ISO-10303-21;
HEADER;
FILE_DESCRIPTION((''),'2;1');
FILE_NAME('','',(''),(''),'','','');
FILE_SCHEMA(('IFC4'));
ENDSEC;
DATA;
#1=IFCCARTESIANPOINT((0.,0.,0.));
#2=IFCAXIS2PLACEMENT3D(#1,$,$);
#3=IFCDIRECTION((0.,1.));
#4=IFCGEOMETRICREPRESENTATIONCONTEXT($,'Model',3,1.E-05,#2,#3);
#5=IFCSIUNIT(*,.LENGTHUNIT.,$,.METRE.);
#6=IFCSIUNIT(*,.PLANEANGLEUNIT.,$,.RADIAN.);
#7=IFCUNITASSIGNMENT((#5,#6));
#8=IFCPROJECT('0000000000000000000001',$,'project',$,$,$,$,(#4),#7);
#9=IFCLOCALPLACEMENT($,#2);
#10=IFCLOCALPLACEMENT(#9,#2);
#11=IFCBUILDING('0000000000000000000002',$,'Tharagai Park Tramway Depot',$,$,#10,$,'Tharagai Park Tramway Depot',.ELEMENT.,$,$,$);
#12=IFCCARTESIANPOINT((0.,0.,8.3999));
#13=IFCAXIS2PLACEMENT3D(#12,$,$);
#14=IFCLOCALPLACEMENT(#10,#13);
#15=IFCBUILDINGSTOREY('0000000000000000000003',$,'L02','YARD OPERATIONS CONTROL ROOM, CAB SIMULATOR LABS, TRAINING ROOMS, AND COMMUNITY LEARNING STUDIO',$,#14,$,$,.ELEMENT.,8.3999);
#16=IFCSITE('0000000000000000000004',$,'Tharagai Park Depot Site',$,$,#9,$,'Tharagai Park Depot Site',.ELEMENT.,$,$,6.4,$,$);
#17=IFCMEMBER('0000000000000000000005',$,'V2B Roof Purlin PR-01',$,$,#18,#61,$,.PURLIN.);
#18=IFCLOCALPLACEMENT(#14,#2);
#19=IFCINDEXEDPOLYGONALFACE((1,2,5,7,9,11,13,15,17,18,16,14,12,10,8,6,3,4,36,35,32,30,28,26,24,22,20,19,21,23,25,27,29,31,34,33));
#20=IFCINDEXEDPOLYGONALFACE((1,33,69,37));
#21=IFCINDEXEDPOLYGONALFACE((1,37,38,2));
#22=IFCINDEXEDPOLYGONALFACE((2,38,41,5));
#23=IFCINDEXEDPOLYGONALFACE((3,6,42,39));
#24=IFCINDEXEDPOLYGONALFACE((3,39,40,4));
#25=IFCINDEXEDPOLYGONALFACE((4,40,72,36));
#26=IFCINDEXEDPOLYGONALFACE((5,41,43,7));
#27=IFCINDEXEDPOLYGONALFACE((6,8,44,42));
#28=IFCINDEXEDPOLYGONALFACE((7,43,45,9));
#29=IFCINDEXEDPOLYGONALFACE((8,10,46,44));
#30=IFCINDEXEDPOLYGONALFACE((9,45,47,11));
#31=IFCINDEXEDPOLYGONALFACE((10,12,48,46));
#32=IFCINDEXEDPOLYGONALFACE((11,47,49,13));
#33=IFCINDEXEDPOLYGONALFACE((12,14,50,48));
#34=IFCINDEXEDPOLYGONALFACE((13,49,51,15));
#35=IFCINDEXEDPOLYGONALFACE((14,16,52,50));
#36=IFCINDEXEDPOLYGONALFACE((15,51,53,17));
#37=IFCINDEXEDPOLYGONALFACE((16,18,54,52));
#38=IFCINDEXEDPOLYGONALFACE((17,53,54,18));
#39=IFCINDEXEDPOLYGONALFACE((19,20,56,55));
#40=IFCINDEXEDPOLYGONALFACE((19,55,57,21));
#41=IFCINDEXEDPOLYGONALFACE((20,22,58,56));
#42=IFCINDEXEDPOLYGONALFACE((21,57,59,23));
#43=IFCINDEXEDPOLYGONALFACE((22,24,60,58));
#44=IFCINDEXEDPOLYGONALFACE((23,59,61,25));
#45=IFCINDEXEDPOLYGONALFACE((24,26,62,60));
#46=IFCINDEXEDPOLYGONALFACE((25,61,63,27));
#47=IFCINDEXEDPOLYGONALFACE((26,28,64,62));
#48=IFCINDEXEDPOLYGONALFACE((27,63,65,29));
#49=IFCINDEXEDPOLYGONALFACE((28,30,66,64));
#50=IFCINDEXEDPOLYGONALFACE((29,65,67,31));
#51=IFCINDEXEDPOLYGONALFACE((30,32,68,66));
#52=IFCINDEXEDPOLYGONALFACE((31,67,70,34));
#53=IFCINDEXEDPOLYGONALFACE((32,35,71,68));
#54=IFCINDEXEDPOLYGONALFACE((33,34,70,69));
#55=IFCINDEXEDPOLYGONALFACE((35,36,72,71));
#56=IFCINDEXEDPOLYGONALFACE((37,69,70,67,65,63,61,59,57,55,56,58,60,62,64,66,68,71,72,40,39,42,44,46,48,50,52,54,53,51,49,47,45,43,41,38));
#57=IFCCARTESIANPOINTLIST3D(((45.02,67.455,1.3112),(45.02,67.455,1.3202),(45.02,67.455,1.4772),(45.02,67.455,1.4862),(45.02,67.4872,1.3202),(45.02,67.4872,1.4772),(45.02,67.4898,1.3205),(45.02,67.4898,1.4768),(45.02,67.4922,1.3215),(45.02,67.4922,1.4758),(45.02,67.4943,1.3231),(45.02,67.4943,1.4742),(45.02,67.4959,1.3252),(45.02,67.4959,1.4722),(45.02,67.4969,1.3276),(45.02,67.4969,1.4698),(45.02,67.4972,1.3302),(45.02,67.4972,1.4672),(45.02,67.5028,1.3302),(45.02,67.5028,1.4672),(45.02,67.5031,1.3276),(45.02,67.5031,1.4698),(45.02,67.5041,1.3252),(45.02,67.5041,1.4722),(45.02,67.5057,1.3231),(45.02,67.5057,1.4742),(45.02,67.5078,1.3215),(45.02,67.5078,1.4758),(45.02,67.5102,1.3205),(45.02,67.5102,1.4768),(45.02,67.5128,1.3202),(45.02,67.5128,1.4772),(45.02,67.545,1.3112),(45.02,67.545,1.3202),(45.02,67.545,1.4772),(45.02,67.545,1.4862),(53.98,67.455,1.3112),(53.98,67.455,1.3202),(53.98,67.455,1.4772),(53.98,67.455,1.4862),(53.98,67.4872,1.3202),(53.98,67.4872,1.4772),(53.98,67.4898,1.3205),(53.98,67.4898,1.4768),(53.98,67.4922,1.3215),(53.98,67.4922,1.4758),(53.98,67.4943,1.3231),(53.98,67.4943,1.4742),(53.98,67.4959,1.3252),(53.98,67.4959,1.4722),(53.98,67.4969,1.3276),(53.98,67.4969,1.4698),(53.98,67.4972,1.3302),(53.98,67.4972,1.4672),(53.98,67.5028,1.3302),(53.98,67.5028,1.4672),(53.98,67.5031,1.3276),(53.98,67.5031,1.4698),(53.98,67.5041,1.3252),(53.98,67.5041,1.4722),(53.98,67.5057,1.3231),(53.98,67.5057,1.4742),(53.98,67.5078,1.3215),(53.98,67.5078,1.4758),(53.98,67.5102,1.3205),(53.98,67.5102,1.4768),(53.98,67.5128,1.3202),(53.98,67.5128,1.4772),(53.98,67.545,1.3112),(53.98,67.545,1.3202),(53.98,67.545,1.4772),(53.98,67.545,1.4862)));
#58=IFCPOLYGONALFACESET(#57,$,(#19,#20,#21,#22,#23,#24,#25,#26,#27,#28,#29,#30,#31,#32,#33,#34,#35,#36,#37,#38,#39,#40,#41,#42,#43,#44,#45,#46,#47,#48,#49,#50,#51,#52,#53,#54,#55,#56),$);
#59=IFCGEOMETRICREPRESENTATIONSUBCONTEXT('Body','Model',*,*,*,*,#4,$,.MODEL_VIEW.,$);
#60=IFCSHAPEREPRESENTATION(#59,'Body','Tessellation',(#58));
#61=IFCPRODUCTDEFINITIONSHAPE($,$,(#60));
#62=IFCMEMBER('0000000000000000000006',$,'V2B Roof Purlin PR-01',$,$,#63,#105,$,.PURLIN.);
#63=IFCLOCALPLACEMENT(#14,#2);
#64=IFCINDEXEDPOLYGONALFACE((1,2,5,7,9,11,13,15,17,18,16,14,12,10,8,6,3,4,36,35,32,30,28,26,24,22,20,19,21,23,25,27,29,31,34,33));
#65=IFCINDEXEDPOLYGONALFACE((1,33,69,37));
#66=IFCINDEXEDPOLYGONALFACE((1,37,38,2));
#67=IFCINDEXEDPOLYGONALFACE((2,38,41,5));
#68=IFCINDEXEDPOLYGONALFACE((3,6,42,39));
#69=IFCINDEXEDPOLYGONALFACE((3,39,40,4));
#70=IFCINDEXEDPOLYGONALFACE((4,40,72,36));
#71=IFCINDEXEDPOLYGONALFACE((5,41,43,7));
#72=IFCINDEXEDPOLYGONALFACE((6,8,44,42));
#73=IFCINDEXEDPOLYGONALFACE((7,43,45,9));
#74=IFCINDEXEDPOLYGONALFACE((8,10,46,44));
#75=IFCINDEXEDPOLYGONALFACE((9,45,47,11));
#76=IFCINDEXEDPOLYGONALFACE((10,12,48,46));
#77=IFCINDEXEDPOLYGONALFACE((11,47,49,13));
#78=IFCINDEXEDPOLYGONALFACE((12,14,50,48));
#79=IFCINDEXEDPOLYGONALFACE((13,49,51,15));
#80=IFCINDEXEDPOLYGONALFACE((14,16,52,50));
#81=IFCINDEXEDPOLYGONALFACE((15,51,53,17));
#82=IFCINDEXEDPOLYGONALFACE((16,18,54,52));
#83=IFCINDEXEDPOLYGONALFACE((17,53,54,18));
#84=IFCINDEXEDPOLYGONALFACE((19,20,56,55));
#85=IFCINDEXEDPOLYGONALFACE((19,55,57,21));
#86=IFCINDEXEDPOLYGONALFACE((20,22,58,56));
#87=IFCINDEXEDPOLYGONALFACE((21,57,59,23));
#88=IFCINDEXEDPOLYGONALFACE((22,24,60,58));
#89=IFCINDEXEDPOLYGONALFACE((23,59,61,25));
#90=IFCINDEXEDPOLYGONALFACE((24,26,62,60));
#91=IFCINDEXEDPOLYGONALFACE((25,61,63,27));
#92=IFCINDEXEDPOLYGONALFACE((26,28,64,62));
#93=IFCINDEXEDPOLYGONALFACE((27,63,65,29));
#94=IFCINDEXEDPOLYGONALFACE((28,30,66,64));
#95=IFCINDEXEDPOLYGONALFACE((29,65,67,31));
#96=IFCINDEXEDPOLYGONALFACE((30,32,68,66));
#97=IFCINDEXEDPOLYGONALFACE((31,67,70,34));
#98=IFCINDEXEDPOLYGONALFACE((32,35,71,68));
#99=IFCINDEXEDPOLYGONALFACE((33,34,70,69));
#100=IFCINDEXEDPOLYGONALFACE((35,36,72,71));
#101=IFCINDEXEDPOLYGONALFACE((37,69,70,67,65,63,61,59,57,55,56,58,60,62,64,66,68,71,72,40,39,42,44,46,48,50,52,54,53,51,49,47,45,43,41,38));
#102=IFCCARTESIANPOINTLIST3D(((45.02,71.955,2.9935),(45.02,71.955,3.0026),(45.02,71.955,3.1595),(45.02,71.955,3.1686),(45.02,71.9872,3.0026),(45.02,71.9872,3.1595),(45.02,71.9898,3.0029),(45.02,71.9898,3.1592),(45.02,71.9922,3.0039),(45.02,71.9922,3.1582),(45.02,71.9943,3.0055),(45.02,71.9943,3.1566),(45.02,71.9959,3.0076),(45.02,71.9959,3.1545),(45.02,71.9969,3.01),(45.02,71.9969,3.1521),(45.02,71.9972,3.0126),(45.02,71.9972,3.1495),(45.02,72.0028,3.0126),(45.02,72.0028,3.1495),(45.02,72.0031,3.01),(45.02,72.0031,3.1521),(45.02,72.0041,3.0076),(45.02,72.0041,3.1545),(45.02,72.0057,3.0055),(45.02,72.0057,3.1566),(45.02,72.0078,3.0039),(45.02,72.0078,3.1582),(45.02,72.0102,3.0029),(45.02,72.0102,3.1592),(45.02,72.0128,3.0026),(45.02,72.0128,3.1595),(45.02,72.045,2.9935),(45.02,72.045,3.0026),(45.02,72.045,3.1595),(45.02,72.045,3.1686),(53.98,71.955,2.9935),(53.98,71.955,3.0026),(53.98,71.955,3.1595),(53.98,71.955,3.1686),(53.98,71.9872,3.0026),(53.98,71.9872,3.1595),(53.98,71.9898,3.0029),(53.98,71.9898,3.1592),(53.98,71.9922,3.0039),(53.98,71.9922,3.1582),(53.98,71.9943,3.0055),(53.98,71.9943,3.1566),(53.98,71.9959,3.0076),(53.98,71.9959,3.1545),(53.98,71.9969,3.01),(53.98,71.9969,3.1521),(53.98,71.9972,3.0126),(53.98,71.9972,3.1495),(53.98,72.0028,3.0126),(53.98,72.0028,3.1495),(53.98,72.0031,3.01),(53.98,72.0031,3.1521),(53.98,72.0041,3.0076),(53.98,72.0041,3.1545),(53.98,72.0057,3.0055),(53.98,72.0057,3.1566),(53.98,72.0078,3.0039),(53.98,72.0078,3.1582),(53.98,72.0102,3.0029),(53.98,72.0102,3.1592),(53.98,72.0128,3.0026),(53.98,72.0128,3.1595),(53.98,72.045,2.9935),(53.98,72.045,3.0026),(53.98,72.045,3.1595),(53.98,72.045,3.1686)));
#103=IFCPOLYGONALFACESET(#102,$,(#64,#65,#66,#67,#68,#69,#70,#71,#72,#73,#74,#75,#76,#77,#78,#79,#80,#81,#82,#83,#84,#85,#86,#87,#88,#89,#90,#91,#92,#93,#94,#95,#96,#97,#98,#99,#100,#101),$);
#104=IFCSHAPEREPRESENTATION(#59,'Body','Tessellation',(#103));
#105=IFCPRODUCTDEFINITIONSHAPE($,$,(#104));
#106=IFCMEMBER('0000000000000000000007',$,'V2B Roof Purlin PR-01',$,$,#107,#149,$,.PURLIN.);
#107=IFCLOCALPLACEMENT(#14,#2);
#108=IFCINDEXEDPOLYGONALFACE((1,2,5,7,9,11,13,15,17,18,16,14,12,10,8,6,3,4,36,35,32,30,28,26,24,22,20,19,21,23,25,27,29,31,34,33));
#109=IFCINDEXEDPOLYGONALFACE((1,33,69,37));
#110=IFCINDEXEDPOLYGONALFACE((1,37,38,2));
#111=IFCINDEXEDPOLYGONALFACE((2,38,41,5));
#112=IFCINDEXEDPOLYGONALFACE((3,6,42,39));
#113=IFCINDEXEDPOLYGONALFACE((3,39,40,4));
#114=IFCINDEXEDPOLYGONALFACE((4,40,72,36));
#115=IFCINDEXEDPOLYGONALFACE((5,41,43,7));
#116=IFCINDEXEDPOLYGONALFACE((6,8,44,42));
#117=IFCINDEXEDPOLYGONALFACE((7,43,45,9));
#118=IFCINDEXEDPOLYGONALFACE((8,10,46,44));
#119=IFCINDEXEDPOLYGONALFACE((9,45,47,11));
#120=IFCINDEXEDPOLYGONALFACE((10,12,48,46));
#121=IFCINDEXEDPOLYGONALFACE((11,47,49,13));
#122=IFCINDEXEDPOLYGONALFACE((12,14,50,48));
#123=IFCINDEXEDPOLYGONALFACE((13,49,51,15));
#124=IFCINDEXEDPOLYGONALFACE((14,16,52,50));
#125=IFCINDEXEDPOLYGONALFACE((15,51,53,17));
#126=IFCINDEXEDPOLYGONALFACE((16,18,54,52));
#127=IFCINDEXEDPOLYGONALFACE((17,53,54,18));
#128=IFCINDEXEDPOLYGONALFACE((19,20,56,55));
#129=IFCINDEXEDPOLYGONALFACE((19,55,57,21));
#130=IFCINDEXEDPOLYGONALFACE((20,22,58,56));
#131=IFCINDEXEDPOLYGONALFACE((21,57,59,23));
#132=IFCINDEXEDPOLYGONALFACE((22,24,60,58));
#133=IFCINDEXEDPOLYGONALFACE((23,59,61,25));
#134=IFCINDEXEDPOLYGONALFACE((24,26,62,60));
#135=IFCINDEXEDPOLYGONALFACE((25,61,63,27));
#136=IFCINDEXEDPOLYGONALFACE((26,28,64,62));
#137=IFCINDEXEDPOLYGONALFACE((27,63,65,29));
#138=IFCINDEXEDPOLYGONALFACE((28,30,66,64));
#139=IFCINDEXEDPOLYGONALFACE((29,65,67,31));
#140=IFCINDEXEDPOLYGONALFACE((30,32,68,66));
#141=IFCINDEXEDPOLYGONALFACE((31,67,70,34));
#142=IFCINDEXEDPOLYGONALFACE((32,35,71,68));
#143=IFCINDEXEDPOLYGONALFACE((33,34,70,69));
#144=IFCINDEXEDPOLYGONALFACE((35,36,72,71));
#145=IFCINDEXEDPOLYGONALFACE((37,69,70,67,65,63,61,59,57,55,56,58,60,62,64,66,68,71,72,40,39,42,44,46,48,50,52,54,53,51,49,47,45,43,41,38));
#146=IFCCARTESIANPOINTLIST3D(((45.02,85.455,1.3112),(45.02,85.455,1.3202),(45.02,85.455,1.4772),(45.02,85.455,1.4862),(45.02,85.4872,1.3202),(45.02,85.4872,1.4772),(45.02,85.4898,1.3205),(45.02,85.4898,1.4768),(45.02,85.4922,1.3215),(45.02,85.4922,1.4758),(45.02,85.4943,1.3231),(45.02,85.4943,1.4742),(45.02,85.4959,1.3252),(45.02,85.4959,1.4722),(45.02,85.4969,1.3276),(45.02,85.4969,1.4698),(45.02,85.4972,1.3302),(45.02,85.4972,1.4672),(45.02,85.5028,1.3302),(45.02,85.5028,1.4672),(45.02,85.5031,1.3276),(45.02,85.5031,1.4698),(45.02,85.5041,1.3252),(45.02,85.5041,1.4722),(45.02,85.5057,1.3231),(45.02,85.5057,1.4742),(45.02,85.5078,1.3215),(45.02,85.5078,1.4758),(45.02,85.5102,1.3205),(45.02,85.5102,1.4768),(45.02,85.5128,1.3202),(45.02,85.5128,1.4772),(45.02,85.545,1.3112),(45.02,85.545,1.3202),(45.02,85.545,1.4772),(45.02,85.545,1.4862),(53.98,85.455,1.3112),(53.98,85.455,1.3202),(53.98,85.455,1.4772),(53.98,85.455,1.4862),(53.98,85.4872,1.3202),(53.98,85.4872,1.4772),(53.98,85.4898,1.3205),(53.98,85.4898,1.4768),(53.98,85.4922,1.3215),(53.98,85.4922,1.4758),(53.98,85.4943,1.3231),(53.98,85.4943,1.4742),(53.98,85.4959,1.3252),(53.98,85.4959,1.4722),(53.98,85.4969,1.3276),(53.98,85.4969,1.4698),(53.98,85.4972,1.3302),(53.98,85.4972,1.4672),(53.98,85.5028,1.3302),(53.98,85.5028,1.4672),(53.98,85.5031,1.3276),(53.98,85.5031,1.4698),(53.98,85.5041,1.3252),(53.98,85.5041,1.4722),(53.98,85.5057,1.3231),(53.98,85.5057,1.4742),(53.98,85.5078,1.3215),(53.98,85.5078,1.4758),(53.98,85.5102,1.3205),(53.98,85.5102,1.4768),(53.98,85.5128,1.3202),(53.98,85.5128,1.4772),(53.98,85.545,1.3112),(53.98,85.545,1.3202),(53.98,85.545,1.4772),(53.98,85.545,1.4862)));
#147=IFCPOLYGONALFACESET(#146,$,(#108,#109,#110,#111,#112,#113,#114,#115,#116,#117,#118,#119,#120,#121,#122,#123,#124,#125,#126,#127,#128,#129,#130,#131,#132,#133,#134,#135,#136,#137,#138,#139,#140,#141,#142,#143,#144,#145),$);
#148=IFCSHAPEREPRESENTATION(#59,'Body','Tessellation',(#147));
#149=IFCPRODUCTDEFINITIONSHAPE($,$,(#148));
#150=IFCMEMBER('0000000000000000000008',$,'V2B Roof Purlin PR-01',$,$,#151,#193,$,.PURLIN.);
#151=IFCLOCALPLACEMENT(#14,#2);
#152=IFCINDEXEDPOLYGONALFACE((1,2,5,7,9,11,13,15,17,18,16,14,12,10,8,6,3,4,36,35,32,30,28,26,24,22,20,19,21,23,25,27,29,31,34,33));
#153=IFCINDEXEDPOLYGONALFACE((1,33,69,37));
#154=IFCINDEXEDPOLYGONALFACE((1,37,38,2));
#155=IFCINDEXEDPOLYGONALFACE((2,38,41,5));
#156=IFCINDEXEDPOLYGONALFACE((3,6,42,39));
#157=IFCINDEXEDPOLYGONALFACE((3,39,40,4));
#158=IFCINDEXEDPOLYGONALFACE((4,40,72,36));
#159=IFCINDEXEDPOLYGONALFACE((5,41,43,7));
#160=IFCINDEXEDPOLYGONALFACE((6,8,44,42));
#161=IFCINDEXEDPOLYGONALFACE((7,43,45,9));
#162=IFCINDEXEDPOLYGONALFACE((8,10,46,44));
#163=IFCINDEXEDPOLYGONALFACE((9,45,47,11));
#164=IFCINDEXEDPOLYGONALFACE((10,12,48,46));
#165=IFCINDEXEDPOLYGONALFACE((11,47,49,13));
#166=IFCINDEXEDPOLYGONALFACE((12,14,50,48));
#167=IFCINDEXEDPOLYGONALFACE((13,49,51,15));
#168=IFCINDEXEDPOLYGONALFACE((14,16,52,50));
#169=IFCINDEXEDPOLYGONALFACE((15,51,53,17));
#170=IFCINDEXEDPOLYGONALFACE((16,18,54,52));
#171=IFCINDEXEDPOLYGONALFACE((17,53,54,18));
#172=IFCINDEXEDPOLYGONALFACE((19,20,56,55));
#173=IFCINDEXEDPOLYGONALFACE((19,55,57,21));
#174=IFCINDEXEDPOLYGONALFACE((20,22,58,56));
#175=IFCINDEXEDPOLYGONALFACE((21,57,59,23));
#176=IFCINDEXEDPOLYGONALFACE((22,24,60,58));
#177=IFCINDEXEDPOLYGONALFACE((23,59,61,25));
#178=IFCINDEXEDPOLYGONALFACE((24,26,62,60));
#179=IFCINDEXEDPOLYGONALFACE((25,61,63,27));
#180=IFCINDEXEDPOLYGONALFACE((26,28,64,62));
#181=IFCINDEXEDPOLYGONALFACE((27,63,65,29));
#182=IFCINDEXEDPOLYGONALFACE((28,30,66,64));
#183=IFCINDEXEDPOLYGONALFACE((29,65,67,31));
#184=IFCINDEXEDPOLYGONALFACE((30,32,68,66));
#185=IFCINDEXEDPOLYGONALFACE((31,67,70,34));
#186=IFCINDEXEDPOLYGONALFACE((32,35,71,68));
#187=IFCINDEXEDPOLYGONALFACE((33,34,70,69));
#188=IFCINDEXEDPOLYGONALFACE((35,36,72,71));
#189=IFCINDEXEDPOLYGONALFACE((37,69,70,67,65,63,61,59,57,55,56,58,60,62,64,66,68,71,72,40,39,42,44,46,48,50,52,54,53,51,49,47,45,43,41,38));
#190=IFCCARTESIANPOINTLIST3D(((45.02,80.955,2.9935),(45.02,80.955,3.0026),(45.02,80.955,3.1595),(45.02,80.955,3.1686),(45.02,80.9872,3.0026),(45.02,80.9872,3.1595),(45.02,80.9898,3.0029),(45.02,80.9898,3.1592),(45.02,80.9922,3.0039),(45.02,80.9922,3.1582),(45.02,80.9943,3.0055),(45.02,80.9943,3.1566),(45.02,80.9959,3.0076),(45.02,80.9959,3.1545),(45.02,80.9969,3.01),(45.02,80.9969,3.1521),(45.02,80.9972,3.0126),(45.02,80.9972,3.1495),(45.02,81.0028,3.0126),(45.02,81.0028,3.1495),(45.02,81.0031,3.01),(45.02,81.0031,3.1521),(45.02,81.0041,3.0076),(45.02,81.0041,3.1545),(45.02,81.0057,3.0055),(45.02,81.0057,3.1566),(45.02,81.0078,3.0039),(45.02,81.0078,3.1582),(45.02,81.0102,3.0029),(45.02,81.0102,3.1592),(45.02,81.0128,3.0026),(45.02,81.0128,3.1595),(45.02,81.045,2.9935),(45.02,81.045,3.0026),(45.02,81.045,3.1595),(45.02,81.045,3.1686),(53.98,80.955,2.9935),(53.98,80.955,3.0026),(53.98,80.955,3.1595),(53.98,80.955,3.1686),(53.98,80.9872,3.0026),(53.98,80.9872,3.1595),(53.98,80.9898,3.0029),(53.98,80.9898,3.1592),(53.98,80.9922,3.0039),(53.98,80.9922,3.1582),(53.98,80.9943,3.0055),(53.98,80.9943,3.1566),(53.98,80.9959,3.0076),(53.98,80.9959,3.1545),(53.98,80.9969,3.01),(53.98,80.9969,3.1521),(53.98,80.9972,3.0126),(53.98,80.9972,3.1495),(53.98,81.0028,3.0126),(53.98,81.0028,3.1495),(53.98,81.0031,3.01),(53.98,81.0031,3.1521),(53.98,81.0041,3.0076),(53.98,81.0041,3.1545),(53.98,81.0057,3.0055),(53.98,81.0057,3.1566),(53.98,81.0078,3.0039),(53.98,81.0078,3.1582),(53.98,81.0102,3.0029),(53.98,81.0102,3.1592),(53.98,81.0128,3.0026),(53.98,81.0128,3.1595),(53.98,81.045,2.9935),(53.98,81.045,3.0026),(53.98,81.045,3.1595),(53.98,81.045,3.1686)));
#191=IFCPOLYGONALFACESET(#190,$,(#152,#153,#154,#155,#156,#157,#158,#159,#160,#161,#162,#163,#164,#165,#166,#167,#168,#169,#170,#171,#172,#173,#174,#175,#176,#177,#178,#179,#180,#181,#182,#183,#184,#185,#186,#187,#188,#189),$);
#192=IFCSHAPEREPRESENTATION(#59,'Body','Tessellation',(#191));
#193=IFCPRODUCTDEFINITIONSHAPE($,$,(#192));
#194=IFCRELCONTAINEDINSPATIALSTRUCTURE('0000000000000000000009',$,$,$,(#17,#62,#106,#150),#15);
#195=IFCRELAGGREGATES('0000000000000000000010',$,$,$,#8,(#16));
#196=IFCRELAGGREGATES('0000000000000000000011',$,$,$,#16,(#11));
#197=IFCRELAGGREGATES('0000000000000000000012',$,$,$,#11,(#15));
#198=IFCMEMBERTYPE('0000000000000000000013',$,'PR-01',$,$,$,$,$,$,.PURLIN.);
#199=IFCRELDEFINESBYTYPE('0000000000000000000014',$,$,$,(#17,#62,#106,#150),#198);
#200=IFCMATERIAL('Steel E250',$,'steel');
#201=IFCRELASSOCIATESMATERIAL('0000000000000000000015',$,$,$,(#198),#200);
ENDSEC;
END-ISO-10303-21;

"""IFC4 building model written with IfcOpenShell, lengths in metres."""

from ifc_helpers import new_model, si_unit, direction, frame, origin, origin_2d, place, context, subcontext, project, spatial, i_section, extrude, material, material_profile, profile_set, type_object, element, save


model = new_model("IFC4")

# Units and contexts
model_context = context("Model", 3, precision=1e-05, world=origin(), true_north=direction((0.0, 1.0)))
body_context = subcontext(model_context, "Body", "Model", "MODEL_VIEW")
ifc_project = project(units=[si_unit("LENGTHUNIT", "METRE"), si_unit("PLANEANGLEUNIT", "RADIAN")], contexts=[model_context])

# Site, building, storey
site_placement = place(None, origin())
site = spatial("IfcSite", under=ifc_project, at=site_placement, Name="Tharagai Park Depot Site", LongName="Tharagai Park Depot Site", CompositionType="ELEMENT", RefElevation=6.4)
building_placement = place(site_placement, origin())
building = spatial("IfcBuilding", under=site, at=building_placement, Name="Tharagai Park Tramway Depot", LongName="Tharagai Park Tramway Depot", CompositionType="ELEMENT")
storey_placement = place(building_placement, frame((0.0, 0.0, 8.3999)))
storey = spatial("IfcBuildingStorey", under=building, at=storey_placement, Name="L02", Description="YARD OPERATIONS CONTROL ROOM, CAB SIMULATOR LABS, TRAINING ROOMS, AND COMMUNITY LEARNING STUDIO", CompositionType="ELEMENT", Elevation=8.3999)

# Members
ifc_material_1 = material(Name="Steel E250", Category="steel")
ifc_material_profile_1 = material_profile(ifc_material_1, i_section(OverallWidth=0.0901, OverallDepth=0.175, WebThickness=0.0056, FlangeThickness=0.009, FilletRadius=0.01, at=origin_2d()), Name="ISMB 175")
ifc_profile_set_1 = profile_set([ifc_material_profile_1], Name="Steel E250")
member_type_1 = type_object("IfcMemberType", Name="PR-01", PredefinedType="PURLIN", material=ifc_profile_set_1)
for number, where, z_axis, x_axis, name in (
    (1, (45.02, 67.5, 1.3987), (1.0, 0.0, 0.0), (0.0, 1.0, 0.0), "V2B Roof Purlin PR-01"),
    (2, (45.02, 72.0, 3.0811), (1.0, 0.0, 0.0), (0.0, 1.0, 0.0), "V2B Roof Purlin PR-01"),
    (3, (45.02, 85.5, 1.3987), (1.0, 0.0, 0.0), (0.0, 1.0, 0.0), "V2B Roof Purlin PR-01"),
    (4, (45.02, 81.0, 3.0811), (1.0, 0.0, 0.0), (0.0, 1.0, 0.0), "V2B Roof Purlin PR-01"),
):
    element("IfcMember", number, at=place(storey_placement, frame(where, z_axis=z_axis, x_axis=x_axis)), inside=storey, type_object=member_type_1, Name=name, PredefinedType="PURLIN", context=body_context, shape_type="SweptSolid", body=[
        extrude(i_section(OverallWidth=0.0901, OverallDepth=0.175, WebThickness=0.0056, FlangeThickness=0.009, FilletRadius=0.01, at=origin_2d()), origin(), (0.0, 0.0, 1.0), 8.96),
    ])

save(model, "model.ifc")
